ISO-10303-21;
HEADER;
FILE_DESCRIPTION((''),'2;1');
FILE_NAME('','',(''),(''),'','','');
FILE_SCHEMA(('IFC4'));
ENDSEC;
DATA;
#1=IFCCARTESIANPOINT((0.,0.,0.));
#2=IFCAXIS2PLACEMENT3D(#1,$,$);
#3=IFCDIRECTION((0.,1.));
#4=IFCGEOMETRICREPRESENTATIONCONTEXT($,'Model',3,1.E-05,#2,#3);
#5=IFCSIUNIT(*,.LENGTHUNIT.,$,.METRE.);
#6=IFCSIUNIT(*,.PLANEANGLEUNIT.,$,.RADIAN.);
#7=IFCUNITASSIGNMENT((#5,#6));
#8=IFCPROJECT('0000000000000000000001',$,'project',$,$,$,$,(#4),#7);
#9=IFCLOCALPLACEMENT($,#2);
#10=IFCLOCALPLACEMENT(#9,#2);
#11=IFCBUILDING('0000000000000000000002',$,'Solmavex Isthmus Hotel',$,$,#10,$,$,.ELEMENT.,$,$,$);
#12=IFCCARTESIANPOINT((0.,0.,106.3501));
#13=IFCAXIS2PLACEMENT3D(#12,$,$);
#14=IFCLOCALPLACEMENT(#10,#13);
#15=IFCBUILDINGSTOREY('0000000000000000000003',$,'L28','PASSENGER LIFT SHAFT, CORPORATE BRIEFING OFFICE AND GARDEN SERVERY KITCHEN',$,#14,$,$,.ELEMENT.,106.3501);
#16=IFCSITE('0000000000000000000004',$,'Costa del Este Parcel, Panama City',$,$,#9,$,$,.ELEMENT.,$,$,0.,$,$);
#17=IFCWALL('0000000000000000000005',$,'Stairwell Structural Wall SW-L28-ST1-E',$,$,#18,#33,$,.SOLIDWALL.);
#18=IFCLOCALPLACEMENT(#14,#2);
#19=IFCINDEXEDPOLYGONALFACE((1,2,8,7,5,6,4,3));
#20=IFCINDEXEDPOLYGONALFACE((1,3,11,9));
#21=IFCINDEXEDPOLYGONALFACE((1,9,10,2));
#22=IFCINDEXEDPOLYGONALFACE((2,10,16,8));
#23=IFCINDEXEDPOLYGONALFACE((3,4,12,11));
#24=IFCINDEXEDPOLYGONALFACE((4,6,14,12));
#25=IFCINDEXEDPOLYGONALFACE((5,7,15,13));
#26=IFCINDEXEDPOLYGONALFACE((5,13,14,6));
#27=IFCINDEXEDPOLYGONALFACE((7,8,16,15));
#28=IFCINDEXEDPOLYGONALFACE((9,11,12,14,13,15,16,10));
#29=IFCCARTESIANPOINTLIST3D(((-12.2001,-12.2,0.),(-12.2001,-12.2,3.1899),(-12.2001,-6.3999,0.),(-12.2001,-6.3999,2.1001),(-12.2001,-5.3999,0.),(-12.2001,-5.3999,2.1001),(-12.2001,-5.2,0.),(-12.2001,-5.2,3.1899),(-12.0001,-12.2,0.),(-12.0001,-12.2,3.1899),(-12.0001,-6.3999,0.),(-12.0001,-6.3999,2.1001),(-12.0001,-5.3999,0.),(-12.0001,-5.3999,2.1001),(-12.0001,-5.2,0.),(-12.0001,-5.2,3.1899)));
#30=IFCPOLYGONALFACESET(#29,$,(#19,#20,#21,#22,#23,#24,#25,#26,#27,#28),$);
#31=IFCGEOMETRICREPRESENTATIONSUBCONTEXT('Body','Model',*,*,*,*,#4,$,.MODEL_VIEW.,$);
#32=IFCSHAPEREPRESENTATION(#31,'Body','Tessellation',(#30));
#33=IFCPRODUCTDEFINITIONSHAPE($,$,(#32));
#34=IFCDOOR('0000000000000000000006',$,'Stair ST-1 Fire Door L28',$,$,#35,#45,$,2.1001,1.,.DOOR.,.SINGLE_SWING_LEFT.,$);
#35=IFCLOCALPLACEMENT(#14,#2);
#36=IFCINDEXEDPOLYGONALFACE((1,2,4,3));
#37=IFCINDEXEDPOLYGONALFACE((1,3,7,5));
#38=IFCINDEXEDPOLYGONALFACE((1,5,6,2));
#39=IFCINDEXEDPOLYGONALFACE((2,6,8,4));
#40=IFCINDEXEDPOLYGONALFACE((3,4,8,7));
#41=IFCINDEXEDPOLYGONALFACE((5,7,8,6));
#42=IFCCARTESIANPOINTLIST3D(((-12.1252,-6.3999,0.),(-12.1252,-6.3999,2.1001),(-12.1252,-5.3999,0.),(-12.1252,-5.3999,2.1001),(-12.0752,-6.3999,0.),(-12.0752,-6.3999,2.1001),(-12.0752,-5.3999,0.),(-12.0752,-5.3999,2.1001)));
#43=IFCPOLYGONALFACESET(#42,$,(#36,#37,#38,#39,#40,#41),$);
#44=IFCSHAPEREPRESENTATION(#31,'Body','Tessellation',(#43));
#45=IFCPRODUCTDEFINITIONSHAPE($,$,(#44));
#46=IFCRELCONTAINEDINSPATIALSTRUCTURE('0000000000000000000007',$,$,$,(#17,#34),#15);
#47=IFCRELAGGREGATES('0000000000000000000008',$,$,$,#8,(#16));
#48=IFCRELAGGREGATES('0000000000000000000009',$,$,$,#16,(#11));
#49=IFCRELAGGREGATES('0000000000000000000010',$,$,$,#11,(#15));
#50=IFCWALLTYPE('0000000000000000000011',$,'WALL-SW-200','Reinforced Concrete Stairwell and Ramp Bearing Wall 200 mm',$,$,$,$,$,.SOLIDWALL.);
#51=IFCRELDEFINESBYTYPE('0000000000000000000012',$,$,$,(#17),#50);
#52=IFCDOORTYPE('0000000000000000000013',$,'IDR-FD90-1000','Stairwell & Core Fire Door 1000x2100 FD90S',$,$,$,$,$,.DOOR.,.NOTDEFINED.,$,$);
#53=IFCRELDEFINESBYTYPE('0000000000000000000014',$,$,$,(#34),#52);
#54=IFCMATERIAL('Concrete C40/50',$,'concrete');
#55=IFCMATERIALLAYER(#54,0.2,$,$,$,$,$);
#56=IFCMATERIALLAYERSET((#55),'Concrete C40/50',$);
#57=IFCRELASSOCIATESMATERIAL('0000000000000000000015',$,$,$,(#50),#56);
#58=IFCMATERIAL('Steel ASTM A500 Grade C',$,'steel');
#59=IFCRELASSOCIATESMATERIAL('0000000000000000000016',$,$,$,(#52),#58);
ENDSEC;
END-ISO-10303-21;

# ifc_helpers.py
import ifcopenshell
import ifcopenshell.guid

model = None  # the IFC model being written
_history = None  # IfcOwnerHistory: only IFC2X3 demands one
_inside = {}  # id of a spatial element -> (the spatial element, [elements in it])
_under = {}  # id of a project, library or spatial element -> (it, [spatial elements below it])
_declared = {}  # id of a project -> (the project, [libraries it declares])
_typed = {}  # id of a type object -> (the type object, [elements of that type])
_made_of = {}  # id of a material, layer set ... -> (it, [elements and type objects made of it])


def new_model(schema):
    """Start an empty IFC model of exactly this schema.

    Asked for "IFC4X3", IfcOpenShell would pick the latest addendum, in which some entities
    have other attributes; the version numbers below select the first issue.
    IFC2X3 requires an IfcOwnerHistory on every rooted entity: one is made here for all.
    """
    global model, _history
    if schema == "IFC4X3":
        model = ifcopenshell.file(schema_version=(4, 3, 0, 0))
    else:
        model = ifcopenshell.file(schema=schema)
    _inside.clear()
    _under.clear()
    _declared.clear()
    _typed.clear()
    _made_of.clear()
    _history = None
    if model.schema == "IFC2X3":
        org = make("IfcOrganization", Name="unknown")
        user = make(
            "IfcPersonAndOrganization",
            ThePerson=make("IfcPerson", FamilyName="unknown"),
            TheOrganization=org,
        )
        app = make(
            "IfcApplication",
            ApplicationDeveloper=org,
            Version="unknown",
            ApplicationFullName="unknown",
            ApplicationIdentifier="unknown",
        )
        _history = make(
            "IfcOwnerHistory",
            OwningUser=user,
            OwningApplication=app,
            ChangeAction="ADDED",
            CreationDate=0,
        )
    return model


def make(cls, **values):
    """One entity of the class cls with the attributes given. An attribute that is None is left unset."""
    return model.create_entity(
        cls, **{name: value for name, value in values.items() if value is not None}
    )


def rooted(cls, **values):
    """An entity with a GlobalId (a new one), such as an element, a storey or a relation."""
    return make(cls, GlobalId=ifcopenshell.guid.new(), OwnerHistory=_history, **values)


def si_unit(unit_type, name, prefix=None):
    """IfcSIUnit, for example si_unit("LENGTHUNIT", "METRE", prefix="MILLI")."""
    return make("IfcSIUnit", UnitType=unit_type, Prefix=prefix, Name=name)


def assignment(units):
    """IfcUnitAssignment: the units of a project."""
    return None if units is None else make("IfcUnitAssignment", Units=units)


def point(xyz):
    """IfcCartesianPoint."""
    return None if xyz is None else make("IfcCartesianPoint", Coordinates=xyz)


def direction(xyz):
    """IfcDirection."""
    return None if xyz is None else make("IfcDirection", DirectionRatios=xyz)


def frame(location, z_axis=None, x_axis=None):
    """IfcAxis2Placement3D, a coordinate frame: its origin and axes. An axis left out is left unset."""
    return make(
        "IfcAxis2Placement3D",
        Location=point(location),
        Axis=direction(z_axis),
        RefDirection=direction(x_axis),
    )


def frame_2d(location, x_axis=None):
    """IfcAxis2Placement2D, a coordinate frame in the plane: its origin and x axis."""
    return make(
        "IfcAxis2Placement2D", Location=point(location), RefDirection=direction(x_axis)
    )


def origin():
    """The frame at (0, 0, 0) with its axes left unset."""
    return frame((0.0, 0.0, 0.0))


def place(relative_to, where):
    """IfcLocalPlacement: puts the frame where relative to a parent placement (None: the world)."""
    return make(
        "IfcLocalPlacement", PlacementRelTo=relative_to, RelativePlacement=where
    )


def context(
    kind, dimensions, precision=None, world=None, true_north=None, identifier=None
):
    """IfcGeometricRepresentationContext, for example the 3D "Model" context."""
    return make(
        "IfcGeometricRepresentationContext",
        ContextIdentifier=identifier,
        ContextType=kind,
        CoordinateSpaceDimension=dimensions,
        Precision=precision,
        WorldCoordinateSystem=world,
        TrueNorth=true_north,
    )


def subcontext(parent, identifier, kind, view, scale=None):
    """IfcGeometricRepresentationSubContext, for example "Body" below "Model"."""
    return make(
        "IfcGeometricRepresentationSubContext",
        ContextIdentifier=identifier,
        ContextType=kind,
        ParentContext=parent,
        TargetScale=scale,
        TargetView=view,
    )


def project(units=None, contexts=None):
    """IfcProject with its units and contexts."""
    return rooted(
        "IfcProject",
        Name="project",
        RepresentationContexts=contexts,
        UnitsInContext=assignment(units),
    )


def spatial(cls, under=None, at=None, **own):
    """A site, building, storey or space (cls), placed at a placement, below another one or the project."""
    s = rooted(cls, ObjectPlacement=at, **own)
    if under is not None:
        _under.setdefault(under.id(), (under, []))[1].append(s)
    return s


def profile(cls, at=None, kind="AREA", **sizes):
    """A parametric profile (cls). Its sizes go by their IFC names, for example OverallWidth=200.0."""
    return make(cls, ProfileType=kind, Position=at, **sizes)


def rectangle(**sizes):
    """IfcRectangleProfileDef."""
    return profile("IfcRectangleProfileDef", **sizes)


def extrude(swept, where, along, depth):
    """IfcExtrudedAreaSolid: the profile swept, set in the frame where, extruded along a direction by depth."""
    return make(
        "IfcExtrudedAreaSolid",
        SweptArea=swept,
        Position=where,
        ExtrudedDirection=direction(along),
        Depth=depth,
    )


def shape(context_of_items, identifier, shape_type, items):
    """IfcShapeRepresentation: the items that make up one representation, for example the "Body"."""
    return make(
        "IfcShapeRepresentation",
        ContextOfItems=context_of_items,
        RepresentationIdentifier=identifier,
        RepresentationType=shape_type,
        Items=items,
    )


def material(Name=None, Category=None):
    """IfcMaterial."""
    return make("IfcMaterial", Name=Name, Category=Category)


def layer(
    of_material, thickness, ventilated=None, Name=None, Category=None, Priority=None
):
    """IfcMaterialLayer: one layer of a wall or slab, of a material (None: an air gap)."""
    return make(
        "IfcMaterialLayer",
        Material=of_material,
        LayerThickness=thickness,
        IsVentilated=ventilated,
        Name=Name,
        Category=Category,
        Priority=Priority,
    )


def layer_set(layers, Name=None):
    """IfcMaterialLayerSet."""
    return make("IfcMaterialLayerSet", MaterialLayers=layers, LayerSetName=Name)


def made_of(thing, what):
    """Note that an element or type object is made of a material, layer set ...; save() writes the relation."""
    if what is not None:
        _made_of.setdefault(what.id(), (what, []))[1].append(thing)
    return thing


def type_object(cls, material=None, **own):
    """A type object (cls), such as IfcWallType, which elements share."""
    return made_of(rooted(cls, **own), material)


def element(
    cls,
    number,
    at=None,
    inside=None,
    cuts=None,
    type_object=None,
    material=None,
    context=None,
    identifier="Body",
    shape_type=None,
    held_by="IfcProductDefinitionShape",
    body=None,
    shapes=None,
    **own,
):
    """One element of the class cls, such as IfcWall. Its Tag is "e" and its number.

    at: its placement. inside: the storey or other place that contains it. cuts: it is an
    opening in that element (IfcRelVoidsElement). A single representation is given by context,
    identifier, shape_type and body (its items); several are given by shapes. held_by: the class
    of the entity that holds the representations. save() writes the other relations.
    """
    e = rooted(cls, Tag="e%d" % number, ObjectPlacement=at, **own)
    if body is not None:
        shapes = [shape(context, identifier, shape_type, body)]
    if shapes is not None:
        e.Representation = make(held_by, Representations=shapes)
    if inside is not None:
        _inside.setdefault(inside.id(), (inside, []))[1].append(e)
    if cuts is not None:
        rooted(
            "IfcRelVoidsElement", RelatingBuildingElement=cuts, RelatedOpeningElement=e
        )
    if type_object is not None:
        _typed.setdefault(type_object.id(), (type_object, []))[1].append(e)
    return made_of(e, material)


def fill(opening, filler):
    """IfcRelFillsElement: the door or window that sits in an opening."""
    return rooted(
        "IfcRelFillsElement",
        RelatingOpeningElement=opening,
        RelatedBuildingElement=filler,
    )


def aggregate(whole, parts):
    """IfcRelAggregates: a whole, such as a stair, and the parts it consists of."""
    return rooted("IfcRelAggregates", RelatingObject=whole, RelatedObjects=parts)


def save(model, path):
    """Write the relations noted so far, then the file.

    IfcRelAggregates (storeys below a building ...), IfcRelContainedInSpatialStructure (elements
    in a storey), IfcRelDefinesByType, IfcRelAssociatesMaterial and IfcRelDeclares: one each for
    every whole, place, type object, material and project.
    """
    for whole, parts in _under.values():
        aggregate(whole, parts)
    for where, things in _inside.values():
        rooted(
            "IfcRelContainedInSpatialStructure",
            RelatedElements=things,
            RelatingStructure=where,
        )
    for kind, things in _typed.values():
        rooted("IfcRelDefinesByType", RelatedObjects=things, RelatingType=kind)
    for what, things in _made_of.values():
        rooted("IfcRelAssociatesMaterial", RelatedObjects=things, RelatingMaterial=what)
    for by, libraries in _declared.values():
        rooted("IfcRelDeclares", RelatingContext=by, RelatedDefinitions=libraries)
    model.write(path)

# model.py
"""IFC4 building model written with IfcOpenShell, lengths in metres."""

from ifc_helpers import new_model, si_unit, direction, frame, frame_2d, origin, place, context, subcontext, project, spatial, rectangle, extrude, material, layer, layer_set, type_object, element, fill, save


model = new_model("IFC4")

# Units and contexts
model_context = context("Model", 3, precision=1e-05, world=origin(), true_north=direction((0.0, 1.0)))
body_context = subcontext(model_context, "Body", "Model", "MODEL_VIEW")
ifc_project = project(units=[si_unit("LENGTHUNIT", "METRE"), si_unit("PLANEANGLEUNIT", "RADIAN")], contexts=[model_context])

# Site, building, storey
site_placement = place(None, origin())
site = spatial("IfcSite", under=ifc_project, at=site_placement, Name="Costa del Este Parcel, Panama City", CompositionType="ELEMENT", RefElevation=0.0)
building_placement = place(site_placement, origin())
building = spatial("IfcBuilding", under=site, at=building_placement, Name="Solmavex Isthmus Hotel", CompositionType="ELEMENT")
storey_placement = place(building_placement, frame((0.0, 0.0, 106.3501)))
storey = spatial("IfcBuildingStorey", under=building, at=storey_placement, Name="L28", Description="PASSENGER LIFT SHAFT, CORPORATE BRIEFING OFFICE AND GARDEN SERVERY KITCHEN", CompositionType="ELEMENT", Elevation=106.3501)

# Shared definitions
ifc_material_1 = material(Name="Concrete C40/50", Category="concrete")
ifc_layer_1 = layer(ifc_material_1, 0.2)
ifc_layer_set_1 = layer_set([ifc_layer_1], Name="Concrete C40/50")
wall_type_1 = type_object("IfcWallType", Name="WALL-SW-200", Description="Reinforced Concrete Stairwell and Ramp Bearing Wall 200 mm", PredefinedType="SOLIDWALL", material=ifc_layer_set_1)

# Wall, opening, door
wall_1_placement = place(storey_placement, frame((-12.1001, -12.2, 0.0), z_axis=(0.0, 0.0, 1.0), x_axis=(0.0, 1.0, 0.0)))
wall_1 = element("IfcWall", 1, at=wall_1_placement, inside=storey, type_object=wall_type_1, Name="Stairwell Structural Wall SW-L28-ST1-E", PredefinedType="SOLIDWALL", context=body_context, shape_type="SweptSolid", body=[
    extrude(rectangle(XDim=7.0, YDim=0.2, at=frame_2d((3.5, 0.0))), origin(), (0.0, 0.0, 1.0), 3.1899),
])
opening_1_placement = place(wall_1_placement, frame((5.8, 0.0, 0.0)))
opening_1 = element("IfcOpeningElement", 2, at=opening_1_placement, cuts=wall_1, PredefinedType="OPENING", context=body_context, shape_type="SweptSolid", body=[
    extrude(rectangle(XDim=1.0, YDim=2.1001, at=frame_2d((0.5, 1.05))), frame((0.0, 0.1099, 0.0), z_axis=(0.0, -1.0, 0.0), x_axis=(1.0, 0.0, 0.0)), (0.0, 0.0, 1.0), 0.22),
])
ifc_material_2 = material(Name="Steel ASTM A500 Grade C", Category="steel")
door_type = type_object("IfcDoorType", Name="IDR-FD90-1000", Description="Stairwell & Core Fire Door 1000x2100 FD90S", OperationType="NOTDEFINED", PredefinedType="DOOR", material=ifc_material_2)
door_placement = place(opening_1_placement, frame((1.0, 0.0, 0.0), z_axis=(0.0, 0.0, 1.0), x_axis=(-1.0, 0.0, 0.0)))
door = element("IfcDoor", 3, at=door_placement, inside=storey, type_object=door_type, Name="Stair ST-1 Fire Door L28", OperationType="SINGLE_SWING_LEFT", OverallHeight=2.1001, OverallWidth=1.0, PredefinedType="DOOR", context=body_context, shape_type="SweptSolid", body=[
    extrude(rectangle(XDim=1.0, YDim=2.1001, at=frame_2d((0.5, 1.05))), frame((0.0, 0.0249, 0.0), z_axis=(0.0, -1.0, 0.0), x_axis=(1.0, 0.0, 0.0)), (0.0, 0.0, 1.0), 0.05),
])
fill(opening_1, door)

save(model, "model.ifc")
